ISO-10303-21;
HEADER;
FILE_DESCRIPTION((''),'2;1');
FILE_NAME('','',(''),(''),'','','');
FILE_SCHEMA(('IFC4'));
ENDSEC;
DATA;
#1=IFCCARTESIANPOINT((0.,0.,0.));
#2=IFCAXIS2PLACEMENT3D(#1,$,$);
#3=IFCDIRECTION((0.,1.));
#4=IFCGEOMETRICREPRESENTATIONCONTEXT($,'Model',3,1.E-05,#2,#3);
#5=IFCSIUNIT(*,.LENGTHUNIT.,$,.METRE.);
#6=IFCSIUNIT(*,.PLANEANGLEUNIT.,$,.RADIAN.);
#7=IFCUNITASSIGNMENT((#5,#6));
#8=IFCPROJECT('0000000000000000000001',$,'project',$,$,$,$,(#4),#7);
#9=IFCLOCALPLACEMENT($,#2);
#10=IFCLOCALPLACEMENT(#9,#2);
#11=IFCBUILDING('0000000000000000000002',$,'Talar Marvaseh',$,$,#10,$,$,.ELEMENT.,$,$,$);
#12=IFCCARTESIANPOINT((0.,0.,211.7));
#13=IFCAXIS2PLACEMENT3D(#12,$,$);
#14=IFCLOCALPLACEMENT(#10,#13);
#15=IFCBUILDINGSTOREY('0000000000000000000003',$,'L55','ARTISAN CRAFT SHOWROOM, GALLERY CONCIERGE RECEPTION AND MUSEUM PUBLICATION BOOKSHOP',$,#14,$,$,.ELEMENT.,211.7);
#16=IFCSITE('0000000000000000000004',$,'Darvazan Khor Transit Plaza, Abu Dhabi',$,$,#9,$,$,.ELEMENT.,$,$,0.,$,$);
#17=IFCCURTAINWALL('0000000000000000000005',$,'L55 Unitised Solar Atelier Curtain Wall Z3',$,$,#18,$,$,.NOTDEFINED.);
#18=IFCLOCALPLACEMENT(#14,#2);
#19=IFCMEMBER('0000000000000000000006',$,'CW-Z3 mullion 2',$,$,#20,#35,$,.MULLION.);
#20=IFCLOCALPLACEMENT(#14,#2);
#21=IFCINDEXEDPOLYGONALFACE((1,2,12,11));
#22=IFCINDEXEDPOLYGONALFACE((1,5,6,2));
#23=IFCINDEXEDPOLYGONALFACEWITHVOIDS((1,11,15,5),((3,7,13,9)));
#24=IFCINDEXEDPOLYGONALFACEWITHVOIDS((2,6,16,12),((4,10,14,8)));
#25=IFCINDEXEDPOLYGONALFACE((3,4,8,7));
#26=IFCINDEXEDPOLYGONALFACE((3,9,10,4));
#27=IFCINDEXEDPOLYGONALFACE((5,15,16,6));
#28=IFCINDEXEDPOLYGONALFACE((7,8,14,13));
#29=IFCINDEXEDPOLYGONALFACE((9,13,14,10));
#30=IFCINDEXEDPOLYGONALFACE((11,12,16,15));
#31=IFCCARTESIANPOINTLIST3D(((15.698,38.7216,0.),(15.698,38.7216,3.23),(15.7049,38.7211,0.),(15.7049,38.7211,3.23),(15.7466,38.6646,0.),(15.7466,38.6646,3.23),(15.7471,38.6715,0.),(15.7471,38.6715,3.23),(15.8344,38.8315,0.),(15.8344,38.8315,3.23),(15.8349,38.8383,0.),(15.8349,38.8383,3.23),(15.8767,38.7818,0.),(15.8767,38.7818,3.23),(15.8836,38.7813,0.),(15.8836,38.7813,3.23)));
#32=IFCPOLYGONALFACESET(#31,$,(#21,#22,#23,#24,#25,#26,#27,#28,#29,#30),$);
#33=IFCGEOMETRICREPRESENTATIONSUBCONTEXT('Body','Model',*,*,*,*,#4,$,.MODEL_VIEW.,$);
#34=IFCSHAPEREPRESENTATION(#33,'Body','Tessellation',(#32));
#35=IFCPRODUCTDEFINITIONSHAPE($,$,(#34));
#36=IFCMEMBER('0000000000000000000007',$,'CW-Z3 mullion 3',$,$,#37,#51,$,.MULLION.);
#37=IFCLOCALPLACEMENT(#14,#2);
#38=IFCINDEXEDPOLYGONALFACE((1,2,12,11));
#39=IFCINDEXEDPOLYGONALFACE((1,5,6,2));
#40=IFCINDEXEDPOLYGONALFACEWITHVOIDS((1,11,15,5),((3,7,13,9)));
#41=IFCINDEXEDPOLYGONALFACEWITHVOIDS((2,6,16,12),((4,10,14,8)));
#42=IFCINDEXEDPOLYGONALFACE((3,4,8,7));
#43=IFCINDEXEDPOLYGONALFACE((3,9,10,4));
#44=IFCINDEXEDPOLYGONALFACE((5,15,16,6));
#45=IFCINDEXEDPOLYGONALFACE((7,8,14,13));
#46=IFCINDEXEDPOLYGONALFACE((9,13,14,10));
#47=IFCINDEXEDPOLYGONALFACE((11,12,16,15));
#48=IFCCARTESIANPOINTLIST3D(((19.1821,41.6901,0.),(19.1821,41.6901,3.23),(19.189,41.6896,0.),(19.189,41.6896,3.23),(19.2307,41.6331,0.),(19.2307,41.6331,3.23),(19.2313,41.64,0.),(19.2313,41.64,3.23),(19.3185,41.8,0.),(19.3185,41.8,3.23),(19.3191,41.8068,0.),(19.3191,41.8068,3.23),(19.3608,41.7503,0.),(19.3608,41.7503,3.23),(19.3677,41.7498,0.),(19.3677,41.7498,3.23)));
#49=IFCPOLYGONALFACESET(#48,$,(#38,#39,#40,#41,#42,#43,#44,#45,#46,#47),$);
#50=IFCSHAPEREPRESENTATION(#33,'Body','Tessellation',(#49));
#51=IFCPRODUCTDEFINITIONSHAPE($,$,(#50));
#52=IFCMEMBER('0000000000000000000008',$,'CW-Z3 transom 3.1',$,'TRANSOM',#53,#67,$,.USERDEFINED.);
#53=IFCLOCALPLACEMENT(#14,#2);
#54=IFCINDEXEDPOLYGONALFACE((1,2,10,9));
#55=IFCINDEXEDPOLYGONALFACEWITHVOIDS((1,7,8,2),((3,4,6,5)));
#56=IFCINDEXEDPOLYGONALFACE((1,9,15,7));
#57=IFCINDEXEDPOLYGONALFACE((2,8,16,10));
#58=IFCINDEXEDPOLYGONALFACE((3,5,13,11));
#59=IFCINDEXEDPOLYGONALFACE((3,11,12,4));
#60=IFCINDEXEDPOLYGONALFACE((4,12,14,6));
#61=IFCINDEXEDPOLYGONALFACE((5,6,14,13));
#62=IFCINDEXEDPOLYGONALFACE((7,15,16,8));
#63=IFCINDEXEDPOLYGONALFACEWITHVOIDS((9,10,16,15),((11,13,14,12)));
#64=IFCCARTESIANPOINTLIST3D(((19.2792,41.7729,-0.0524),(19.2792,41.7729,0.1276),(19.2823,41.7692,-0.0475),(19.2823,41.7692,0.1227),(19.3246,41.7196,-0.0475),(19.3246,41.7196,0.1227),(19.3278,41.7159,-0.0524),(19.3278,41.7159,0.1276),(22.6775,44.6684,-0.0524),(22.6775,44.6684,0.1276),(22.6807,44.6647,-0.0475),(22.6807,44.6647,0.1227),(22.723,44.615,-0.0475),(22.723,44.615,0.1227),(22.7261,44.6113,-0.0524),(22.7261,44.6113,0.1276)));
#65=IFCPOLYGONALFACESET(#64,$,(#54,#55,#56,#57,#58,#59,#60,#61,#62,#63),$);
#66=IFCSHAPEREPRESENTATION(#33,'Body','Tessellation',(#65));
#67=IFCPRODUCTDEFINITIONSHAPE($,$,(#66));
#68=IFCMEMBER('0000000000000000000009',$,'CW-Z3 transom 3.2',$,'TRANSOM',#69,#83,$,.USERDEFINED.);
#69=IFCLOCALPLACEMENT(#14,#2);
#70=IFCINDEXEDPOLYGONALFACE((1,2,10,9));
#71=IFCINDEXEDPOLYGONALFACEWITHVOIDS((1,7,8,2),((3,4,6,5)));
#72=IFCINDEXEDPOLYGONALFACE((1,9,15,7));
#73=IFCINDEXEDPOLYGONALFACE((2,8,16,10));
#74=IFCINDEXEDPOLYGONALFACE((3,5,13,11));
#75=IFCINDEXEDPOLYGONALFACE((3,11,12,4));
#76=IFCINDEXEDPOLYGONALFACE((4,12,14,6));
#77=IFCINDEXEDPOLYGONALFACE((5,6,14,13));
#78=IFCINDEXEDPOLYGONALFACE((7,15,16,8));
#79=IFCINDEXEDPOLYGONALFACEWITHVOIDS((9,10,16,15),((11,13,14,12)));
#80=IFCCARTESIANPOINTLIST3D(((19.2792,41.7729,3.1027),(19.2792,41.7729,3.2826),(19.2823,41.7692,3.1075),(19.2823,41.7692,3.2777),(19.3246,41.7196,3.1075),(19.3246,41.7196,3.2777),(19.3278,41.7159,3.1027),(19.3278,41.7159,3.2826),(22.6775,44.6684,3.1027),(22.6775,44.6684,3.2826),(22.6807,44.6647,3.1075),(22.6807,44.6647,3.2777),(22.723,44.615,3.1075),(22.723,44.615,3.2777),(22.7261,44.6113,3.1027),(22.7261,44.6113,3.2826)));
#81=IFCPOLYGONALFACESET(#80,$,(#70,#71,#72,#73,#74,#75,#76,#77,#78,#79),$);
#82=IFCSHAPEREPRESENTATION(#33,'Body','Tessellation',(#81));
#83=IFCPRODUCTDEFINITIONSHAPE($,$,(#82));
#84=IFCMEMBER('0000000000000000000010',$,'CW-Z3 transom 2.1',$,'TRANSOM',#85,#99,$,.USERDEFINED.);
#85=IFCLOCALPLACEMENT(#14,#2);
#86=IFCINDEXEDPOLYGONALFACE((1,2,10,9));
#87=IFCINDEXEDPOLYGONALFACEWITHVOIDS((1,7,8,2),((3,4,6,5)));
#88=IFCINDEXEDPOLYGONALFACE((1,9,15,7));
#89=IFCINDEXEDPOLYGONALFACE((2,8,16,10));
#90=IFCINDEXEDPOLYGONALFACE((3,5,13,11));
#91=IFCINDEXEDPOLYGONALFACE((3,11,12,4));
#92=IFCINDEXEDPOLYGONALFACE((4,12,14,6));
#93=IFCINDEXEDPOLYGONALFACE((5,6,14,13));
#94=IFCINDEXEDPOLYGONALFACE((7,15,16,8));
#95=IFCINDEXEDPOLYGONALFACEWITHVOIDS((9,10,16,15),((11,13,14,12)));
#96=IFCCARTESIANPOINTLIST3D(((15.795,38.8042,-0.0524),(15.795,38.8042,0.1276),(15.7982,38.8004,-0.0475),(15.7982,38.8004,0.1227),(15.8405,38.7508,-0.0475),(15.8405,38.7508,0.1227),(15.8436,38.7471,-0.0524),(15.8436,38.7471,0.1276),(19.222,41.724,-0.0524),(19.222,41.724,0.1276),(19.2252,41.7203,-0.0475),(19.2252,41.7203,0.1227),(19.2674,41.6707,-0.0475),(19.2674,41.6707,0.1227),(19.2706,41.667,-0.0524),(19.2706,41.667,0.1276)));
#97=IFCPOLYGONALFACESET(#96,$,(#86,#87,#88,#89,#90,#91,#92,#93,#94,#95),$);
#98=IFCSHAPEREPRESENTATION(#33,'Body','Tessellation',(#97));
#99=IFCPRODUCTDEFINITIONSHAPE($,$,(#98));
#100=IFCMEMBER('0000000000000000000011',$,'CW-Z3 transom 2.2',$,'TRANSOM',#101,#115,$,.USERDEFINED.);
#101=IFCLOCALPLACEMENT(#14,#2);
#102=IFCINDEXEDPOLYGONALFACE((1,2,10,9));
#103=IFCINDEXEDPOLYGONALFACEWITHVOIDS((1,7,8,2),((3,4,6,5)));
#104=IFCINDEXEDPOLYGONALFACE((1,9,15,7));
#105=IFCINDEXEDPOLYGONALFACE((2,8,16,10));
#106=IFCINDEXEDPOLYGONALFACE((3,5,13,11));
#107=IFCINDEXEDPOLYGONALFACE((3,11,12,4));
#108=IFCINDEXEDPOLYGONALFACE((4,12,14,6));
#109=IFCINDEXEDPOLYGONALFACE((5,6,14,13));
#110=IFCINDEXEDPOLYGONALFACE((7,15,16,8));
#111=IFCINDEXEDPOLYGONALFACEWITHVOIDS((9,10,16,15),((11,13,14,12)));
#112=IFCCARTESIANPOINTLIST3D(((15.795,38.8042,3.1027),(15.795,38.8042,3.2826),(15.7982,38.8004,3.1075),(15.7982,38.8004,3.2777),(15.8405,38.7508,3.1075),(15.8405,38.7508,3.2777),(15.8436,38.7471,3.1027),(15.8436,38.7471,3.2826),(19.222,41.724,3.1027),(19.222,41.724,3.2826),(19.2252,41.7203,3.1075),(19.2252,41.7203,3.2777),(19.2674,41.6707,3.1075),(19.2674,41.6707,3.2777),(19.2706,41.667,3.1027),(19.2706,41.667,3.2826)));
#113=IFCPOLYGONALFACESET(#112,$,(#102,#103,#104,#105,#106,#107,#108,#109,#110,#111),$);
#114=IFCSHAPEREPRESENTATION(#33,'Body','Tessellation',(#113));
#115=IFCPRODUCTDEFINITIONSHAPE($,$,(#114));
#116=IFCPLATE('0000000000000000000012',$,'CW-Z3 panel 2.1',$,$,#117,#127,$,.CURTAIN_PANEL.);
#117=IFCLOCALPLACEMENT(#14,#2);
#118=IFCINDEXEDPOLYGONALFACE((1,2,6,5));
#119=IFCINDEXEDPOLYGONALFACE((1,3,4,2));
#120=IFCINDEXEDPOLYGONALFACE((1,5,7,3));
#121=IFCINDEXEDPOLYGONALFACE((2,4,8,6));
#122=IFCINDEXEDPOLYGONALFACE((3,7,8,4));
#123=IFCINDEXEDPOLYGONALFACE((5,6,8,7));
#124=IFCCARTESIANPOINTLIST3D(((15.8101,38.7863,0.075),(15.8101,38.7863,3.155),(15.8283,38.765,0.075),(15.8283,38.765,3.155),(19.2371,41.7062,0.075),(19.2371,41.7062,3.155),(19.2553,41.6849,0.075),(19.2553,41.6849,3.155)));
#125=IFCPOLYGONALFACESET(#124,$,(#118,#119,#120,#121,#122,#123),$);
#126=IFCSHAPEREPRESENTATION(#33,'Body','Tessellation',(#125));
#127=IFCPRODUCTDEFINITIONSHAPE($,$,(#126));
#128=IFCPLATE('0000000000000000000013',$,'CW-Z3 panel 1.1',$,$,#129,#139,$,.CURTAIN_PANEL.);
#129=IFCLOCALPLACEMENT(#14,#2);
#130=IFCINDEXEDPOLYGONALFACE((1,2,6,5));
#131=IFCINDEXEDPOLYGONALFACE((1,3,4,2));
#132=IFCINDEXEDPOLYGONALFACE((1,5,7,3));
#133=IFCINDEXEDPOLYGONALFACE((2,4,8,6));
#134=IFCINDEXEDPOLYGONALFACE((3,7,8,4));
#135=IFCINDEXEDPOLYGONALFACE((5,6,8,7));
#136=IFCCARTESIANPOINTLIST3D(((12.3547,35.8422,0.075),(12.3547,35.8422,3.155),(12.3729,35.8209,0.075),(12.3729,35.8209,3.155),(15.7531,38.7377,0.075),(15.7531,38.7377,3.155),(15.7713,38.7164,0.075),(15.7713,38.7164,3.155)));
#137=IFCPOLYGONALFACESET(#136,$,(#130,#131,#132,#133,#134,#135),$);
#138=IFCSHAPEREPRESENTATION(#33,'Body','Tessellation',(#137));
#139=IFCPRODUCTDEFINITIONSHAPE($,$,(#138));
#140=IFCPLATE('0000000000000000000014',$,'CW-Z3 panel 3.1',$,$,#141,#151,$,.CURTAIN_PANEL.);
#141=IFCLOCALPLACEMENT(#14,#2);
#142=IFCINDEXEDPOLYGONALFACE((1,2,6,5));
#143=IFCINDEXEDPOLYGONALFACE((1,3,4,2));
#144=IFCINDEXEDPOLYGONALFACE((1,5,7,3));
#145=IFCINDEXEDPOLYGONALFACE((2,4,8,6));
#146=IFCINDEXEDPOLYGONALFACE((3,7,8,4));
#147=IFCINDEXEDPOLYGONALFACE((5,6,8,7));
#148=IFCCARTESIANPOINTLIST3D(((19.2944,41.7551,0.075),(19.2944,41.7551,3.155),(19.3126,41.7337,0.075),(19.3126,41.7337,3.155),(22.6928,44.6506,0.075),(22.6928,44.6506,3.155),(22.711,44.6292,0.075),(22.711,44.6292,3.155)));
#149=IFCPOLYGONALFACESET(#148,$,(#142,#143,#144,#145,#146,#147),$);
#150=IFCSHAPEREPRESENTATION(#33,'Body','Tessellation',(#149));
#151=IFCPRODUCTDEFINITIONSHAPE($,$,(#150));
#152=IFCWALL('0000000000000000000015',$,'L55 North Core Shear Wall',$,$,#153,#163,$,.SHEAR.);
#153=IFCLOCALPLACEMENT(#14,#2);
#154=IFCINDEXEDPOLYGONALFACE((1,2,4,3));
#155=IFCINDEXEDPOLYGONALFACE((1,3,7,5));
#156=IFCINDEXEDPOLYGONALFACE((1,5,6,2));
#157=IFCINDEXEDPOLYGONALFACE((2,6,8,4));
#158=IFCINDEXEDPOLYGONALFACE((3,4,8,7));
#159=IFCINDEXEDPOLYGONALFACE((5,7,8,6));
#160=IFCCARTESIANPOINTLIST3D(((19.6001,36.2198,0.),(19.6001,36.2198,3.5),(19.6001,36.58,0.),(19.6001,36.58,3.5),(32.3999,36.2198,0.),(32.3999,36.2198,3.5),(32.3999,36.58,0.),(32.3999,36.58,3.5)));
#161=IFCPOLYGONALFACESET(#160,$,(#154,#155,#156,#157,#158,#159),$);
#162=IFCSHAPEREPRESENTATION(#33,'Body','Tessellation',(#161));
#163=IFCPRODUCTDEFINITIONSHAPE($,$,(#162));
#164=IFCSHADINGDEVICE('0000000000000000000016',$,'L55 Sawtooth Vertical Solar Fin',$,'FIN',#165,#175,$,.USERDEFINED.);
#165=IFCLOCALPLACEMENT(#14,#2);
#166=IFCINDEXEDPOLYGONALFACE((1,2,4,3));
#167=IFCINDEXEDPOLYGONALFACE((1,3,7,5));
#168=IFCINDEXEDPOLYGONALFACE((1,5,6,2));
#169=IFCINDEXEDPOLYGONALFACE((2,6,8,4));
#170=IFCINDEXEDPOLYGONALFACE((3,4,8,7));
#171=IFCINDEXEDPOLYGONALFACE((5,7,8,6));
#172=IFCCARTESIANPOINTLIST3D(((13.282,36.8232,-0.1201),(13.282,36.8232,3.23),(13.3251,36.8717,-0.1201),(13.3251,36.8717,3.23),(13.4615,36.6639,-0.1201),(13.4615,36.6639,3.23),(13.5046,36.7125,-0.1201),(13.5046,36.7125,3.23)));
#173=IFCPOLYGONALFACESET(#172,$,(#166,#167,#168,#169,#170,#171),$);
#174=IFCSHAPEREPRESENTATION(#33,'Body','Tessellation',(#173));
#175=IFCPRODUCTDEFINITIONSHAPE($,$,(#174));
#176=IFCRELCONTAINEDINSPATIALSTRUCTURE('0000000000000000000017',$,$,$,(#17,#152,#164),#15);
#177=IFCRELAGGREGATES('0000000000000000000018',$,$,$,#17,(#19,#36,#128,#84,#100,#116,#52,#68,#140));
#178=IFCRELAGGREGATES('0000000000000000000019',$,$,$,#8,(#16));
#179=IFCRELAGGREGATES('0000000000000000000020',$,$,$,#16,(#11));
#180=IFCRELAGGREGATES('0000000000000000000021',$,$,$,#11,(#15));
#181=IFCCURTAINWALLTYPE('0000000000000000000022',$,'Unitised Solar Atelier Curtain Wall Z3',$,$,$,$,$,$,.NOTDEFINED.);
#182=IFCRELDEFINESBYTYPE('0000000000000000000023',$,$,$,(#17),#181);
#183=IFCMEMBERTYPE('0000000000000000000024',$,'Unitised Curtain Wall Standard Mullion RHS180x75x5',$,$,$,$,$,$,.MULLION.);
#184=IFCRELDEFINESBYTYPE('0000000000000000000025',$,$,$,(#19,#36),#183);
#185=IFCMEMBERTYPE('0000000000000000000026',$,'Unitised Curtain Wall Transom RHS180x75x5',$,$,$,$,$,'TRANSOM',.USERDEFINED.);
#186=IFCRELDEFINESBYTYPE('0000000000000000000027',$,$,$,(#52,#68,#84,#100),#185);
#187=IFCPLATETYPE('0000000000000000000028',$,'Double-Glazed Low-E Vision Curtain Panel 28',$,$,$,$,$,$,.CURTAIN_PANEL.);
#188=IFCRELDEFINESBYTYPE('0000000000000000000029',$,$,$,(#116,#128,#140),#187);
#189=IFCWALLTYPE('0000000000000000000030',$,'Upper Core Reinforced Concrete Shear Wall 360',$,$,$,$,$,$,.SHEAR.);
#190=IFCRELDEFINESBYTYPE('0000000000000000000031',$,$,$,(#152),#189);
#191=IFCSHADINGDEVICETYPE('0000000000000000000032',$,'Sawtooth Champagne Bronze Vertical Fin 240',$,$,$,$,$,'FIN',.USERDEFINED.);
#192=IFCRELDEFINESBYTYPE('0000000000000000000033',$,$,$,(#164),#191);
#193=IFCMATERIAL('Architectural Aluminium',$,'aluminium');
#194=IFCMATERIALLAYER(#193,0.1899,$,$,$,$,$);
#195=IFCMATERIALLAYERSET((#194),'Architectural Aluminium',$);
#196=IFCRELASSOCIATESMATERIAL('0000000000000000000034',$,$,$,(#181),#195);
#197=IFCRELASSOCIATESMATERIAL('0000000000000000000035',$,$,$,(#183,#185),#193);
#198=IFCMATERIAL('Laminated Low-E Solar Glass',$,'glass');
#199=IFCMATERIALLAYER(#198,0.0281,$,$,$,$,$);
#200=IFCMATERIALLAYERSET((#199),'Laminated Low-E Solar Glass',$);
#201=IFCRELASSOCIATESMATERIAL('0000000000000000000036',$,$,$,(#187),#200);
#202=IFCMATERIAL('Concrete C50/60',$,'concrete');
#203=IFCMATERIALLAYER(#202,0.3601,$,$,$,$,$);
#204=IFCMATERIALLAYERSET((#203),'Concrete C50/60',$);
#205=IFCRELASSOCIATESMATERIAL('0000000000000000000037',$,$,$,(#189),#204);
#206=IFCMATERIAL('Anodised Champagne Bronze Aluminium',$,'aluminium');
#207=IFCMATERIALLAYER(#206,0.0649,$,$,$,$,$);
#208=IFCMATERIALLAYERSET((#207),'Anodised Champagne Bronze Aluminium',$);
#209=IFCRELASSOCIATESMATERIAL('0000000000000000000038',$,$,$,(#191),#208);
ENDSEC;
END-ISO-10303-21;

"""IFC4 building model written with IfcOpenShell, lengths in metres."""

from ifc_helpers import new_model, si_unit, direction, frame, frame_2d, origin, origin_2d, place, context, subcontext, project, spatial, rectangle, hollow_rectangle, extrude, source, transform, mapped, material, layer, layer_set, material_profile, profile_set, type_object, type_shapes, element, aggregate, save


model = new_model("IFC4")

# Units and contexts
model_context = context("Model", 3, precision=1e-05, world=origin(), true_north=direction((0.0, 1.0)))
body_context = subcontext(model_context, "Body", "Model", "MODEL_VIEW")
ifc_project = project(units=[si_unit("LENGTHUNIT", "METRE"), si_unit("PLANEANGLEUNIT", "RADIAN")], contexts=[model_context])

# Site, building, storey
site_placement = place(None, origin())
site = spatial("IfcSite", under=ifc_project, at=site_placement, Name="Darvazan Khor Transit Plaza, Abu Dhabi", CompositionType="ELEMENT", RefElevation=0.0)
building_placement = place(site_placement, origin())
building = spatial("IfcBuilding", under=site, at=building_placement, Name="Talar Marvaseh", CompositionType="ELEMENT")
storey_placement = place(building_placement, frame((0.0, 0.0, 211.7)))
storey = spatial("IfcBuildingStorey", under=building, at=storey_placement, Name="L55", Description="ARTISAN CRAFT SHOWROOM, GALLERY CONCIERGE RECEPTION AND MUSEUM PUBLICATION BOOKSHOP", CompositionType="ELEMENT", Elevation=211.7)

# Curtain wall, members, plates
ifc_material_1 = material(Name="Architectural Aluminium", Category="aluminium")
ifc_layer_1 = layer(ifc_material_1, 0.1899)
ifc_layer_set_1 = layer_set([ifc_layer_1], Name="Architectural Aluminium")
curtain_wall_type = type_object("IfcCurtainWallType", Name="Unitised Solar Atelier Curtain Wall Z3", PredefinedType="NOTDEFINED", material=ifc_layer_set_1)
curtain_wall_placement = place(storey_placement, origin())
curtain_wall = element("IfcCurtainWall", 1, at=curtain_wall_placement, inside=storey, type_object=curtain_wall_type, Name="L55 Unitised Solar Atelier Curtain Wall Z3", PredefinedType="NOTDEFINED")
ifc_material_profile_1 = material_profile(ifc_material_1, hollow_rectangle(XDim=0.075, YDim=0.1799, WallThickness=0.0049, at=origin_2d()), Name="RHS180x75x5")
ifc_profile_set_1 = profile_set([ifc_material_profile_1], Name="Architectural Aluminium")
member_type_1 = type_object("IfcMemberType", Name="Unitised Curtain Wall Standard Mullion RHS180x75x5", PredefinedType="MULLION", material=ifc_profile_set_1)
shared_shape_1 = source(origin(), body_context, "Body", "SweptSolid", [
    extrude(hollow_rectangle(XDim=0.075, YDim=0.1799, WallThickness=0.0049, at=origin_2d()), origin(), (0.0, 0.0, 1.0), 3.23),
])
type_shapes(member_type_1, [shared_shape_1])
member_1_placement = place(storey_placement, frame((15.7908, 38.7515, 0.0), z_axis=(0.0, 0.0, 1.0), x_axis=(-0.648546, 0.761176, 0.0)))
member_1 = element("IfcMember", 2, at=member_1_placement, type_object=member_type_1, Name="CW-Z3 mullion 2", PredefinedType="MULLION", context=body_context, shape_type="MappedRepresentation", body=[
    mapped(shared_shape_1, transform((0.0, 0.0, 0.0), x_axis=(1.0, 0.0, 0.0), y_axis=(0.0, 1.0, 0.0), z_axis=(0.0, 0.0, 1.0), scale=1.0)),
])
member_2_placement = place(storey_placement, frame((19.2749, 41.72, 0.0), z_axis=(0.0, 0.0, 1.0), x_axis=(-0.648546, 0.761176, 0.0)))
member_2 = element("IfcMember", 3, at=member_2_placement, type_object=member_type_1, Name="CW-Z3 mullion 3", PredefinedType="MULLION", context=body_context, shape_type="MappedRepresentation", body=[
    mapped(shared_shape_1, transform((0.0, 0.0, 0.0), x_axis=(1.0, 0.0, 0.0), y_axis=(0.0, 1.0, 0.0), z_axis=(0.0, 0.0, 1.0), scale=1.0)),
])
ifc_material_profile_2 = material_profile(ifc_material_1, hollow_rectangle(XDim=0.075, YDim=0.1799, WallThickness=0.0049, at=origin_2d()), Name="RHS180x75x5")
ifc_profile_set_2 = profile_set([ifc_material_profile_2], Name="Architectural Aluminium")
member_type_2 = type_object("IfcMemberType", Name="Unitised Curtain Wall Transom RHS180x75x5", ElementType="TRANSOM", PredefinedType="USERDEFINED", material=ifc_profile_set_2)
shared_shape_2 = source(origin(), body_context, "Body", "SweptSolid", [
    extrude(hollow_rectangle(XDim=0.075, YDim=0.1799, WallThickness=0.0049, at=origin_2d()), origin(), (0.0, 0.0, 1.0), 4.4646),
])
member_3_placement = place(storey_placement, frame((19.3035, 41.7444, 0.0376), z_axis=(0.761183, 0.648537, 0.0), x_axis=(-0.648537, 0.761183, 0.0)))
member_3 = element("IfcMember", 4, at=member_3_placement, type_object=member_type_2, Name="CW-Z3 transom 3.1", ObjectType="TRANSOM", PredefinedType="USERDEFINED", context=body_context, shape_type="MappedRepresentation", body=[
    mapped(shared_shape_2, transform((0.0, 0.0, 0.0), x_axis=(1.0, 0.0, 0.0), y_axis=(0.0, 1.0, 0.0), z_axis=(0.0, 0.0, 1.0), scale=1.0)),
])
member_4_placement = place(storey_placement, frame((19.3035, 41.7444, 3.1926), z_axis=(0.761183, 0.648537, 0.0), x_axis=(-0.648537, 0.761183, 0.0)))
member_4 = element("IfcMember", 5, at=member_4_placement, type_object=member_type_2, Name="CW-Z3 transom 3.2", ObjectType="TRANSOM", PredefinedType="USERDEFINED", context=body_context, shape_type="MappedRepresentation", body=[
    mapped(shared_shape_2, transform((0.0, 0.0, 0.0), x_axis=(1.0, 0.0, 0.0), y_axis=(0.0, 1.0, 0.0), z_axis=(0.0, 0.0, 1.0), scale=1.0)),
])
shared_shape_3 = source(origin(), body_context, "Body", "SweptSolid", [
    extrude(hollow_rectangle(XDim=0.075, YDim=0.1799, WallThickness=0.0049, at=origin_2d()), origin(), (0.0, 0.0, 1.0), 4.5022),
])
type_shapes(member_type_2, [shared_shape_2, shared_shape_3])
member_5_placement = place(storey_placement, frame((15.8193, 38.7756, 0.0376), z_axis=(0.761175, 0.648547, 0.0), x_axis=(-0.648547, 0.761175, 0.0)))
member_5 = element("IfcMember", 6, at=member_5_placement, type_object=member_type_2, Name="CW-Z3 transom 2.1", ObjectType="TRANSOM", PredefinedType="USERDEFINED", context=body_context, shape_type="MappedRepresentation", body=[
    mapped(shared_shape_3, transform((0.0, 0.0, 0.0), x_axis=(1.0, 0.0, 0.0), y_axis=(0.0, 1.0, 0.0), z_axis=(0.0, 0.0, 1.0), scale=1.0)),
])
member_6_placement = place(storey_placement, frame((15.8193, 38.7756, 3.1926), z_axis=(0.761175, 0.648547, 0.0), x_axis=(-0.648547, 0.761175, 0.0)))
member_6 = element("IfcMember", 7, at=member_6_placement, type_object=member_type_2, Name="CW-Z3 transom 2.2", ObjectType="TRANSOM", PredefinedType="USERDEFINED", context=body_context, shape_type="MappedRepresentation", body=[
    mapped(shared_shape_3, transform((0.0, 0.0, 0.0), x_axis=(1.0, 0.0, 0.0), y_axis=(0.0, 1.0, 0.0), z_axis=(0.0, 0.0, 1.0), scale=1.0)),
])
ifc_material_2 = material(Name="Laminated Low-E Solar Glass", Category="glass")
ifc_layer_2 = layer(ifc_material_2, 0.0281)
ifc_layer_set_2 = layer_set([ifc_layer_2], Name="Laminated Low-E Solar Glass")
plate_type = type_object("IfcPlateType", Name="Double-Glazed Low-E Vision Curtain Panel 28", PredefinedType="CURTAIN_PANEL", material=ifc_layer_set_2)
shared_shape_4 = source(origin(), body_context, "Body", "SweptSolid", [
    extrude(rectangle(XDim=4.5022, YDim=0.0281, at=origin_2d()), origin(), (0.0, 0.0, 1.0), 3.0801),
])
plate_1_placement = place(storey_placement, frame((17.5327, 40.2356, 0.075), z_axis=(0.0, 0.0, 1.0), x_axis=(0.761176, 0.648546, 0.0)))
plate_1 = element("IfcPlate", 8, at=plate_1_placement, type_object=plate_type, Name="CW-Z3 panel 2.1", PredefinedType="CURTAIN_PANEL", context=body_context, shape_type="MappedRepresentation", body=[
    mapped(shared_shape_4, transform((0.0, 0.0, 0.0), x_axis=(1.0, 0.0, 0.0), y_axis=(0.0, 1.0, 0.0), z_axis=(0.0, 0.0, 1.0), scale=1.0)),
])
shared_shape_5 = source(origin(), body_context, "Body", "SweptSolid", [
    extrude(rectangle(XDim=4.4646, YDim=0.0281, at=origin_2d()), origin(), (0.0, 0.0, 1.0), 3.0801),
])
type_shapes(plate_type, [shared_shape_4, shared_shape_5])
plate_2_placement = place(storey_placement, frame((14.063, 37.2793, 0.075), z_axis=(0.0, 0.0, 1.0), x_axis=(0.761176, 0.648546, 0.0)))
plate_2 = element("IfcPlate", 9, at=plate_2_placement, type_object=plate_type, Name="CW-Z3 panel 1.1", PredefinedType="CURTAIN_PANEL", context=body_context, shape_type="MappedRepresentation", body=[
    mapped(shared_shape_5, transform((0.0, 0.0, 0.0), x_axis=(1.0, 0.0, 0.0), y_axis=(0.0, 1.0, 0.0), z_axis=(0.0, 0.0, 1.0), scale=1.0)),
])
plate_3_placement = place(storey_placement, frame((21.0027, 43.1921, 0.075), z_axis=(0.0, 0.0, 1.0), x_axis=(0.761176, 0.648546, 0.0)))
plate_3 = element("IfcPlate", 10, at=plate_3_placement, type_object=plate_type, Name="CW-Z3 panel 3.1", PredefinedType="CURTAIN_PANEL", context=body_context, shape_type="MappedRepresentation", body=[
    mapped(shared_shape_5, transform((0.0, 0.0, 0.0), x_axis=(1.0, 0.0, 0.0), y_axis=(0.0, 1.0, 0.0), z_axis=(0.0, 0.0, 1.0), scale=1.0)),
])
aggregate(curtain_wall, [member_1, member_2, plate_2, member_5, member_6, plate_1, member_3, member_4, plate_3])

# Wall
ifc_material_3 = material(Name="Concrete C50/60", Category="concrete")
ifc_layer_3 = layer(ifc_material_3, 0.3601)
ifc_layer_set_3 = layer_set([ifc_layer_3], Name="Concrete C50/60")
wall_type = type_object("IfcWallType", Name="Upper Core Reinforced Concrete Shear Wall 360", PredefinedType="SHEAR", material=ifc_layer_set_3)
wall_placement = place(storey_placement, frame((19.6001, 36.3999, 0.0), z_axis=(0.0, 0.0, 1.0), x_axis=(1.0, 0.0, 0.0)))
element("IfcWall", 11, at=wall_placement, inside=storey, type_object=wall_type, Name="L55 North Core Shear Wall", PredefinedType="SHEAR", context=body_context, shape_type="SweptSolid", body=[
    extrude(rectangle(XDim=12.7998, YDim=0.3601, at=frame_2d((6.3999, 0.0))), origin(), (0.0, 0.0, 1.0), 3.5),
])

# Shading device
ifc_material_4 = material(Name="Anodised Champagne Bronze Aluminium", Category="aluminium")
ifc_layer_4 = layer(ifc_material_4, 0.0649)
ifc_layer_set_4 = layer_set([ifc_layer_4], Name="Anodised Champagne Bronze Aluminium")
shading_device_type = type_object("IfcShadingDeviceType", Name="Sawtooth Champagne Bronze Vertical Fin 240", ElementType="FIN", PredefinedType="USERDEFINED", material=ifc_layer_set_4)
shared_shape_6 = source(origin(), body_context, "Body", "SweptSolid", [
    extrude(rectangle(XDim=0.24, YDim=0.0649, at=origin_2d()), origin(), (0.0, 0.0, 1.0), 3.3501),
])
type_shapes(shading_device_type, [shared_shape_6])
for number, where, z_axis, x_axis, name in (
    (12, (13.3933, 36.7678, -0.1201), (0.0, 0.0, 1.0), (-0.748146, 0.663535, 0.0), "L55 Sawtooth Vertical Solar Fin"),
):
    element("IfcShadingDevice", number, at=place(storey_placement, frame(where, z_axis=z_axis, x_axis=x_axis)), inside=storey, type_object=shading_device_type, Name=name, ObjectType="FIN", PredefinedType="USERDEFINED", context=body_context, shape_type="MappedRepresentation", body=[
        mapped(shared_shape_6, transform((0.0, 0.0, 0.0), x_axis=(1.0, 0.0, 0.0), y_axis=(0.0, 1.0, 0.0), z_axis=(0.0, 0.0, 1.0), scale=1.0)),
    ])

save(model, "model.ifc")
